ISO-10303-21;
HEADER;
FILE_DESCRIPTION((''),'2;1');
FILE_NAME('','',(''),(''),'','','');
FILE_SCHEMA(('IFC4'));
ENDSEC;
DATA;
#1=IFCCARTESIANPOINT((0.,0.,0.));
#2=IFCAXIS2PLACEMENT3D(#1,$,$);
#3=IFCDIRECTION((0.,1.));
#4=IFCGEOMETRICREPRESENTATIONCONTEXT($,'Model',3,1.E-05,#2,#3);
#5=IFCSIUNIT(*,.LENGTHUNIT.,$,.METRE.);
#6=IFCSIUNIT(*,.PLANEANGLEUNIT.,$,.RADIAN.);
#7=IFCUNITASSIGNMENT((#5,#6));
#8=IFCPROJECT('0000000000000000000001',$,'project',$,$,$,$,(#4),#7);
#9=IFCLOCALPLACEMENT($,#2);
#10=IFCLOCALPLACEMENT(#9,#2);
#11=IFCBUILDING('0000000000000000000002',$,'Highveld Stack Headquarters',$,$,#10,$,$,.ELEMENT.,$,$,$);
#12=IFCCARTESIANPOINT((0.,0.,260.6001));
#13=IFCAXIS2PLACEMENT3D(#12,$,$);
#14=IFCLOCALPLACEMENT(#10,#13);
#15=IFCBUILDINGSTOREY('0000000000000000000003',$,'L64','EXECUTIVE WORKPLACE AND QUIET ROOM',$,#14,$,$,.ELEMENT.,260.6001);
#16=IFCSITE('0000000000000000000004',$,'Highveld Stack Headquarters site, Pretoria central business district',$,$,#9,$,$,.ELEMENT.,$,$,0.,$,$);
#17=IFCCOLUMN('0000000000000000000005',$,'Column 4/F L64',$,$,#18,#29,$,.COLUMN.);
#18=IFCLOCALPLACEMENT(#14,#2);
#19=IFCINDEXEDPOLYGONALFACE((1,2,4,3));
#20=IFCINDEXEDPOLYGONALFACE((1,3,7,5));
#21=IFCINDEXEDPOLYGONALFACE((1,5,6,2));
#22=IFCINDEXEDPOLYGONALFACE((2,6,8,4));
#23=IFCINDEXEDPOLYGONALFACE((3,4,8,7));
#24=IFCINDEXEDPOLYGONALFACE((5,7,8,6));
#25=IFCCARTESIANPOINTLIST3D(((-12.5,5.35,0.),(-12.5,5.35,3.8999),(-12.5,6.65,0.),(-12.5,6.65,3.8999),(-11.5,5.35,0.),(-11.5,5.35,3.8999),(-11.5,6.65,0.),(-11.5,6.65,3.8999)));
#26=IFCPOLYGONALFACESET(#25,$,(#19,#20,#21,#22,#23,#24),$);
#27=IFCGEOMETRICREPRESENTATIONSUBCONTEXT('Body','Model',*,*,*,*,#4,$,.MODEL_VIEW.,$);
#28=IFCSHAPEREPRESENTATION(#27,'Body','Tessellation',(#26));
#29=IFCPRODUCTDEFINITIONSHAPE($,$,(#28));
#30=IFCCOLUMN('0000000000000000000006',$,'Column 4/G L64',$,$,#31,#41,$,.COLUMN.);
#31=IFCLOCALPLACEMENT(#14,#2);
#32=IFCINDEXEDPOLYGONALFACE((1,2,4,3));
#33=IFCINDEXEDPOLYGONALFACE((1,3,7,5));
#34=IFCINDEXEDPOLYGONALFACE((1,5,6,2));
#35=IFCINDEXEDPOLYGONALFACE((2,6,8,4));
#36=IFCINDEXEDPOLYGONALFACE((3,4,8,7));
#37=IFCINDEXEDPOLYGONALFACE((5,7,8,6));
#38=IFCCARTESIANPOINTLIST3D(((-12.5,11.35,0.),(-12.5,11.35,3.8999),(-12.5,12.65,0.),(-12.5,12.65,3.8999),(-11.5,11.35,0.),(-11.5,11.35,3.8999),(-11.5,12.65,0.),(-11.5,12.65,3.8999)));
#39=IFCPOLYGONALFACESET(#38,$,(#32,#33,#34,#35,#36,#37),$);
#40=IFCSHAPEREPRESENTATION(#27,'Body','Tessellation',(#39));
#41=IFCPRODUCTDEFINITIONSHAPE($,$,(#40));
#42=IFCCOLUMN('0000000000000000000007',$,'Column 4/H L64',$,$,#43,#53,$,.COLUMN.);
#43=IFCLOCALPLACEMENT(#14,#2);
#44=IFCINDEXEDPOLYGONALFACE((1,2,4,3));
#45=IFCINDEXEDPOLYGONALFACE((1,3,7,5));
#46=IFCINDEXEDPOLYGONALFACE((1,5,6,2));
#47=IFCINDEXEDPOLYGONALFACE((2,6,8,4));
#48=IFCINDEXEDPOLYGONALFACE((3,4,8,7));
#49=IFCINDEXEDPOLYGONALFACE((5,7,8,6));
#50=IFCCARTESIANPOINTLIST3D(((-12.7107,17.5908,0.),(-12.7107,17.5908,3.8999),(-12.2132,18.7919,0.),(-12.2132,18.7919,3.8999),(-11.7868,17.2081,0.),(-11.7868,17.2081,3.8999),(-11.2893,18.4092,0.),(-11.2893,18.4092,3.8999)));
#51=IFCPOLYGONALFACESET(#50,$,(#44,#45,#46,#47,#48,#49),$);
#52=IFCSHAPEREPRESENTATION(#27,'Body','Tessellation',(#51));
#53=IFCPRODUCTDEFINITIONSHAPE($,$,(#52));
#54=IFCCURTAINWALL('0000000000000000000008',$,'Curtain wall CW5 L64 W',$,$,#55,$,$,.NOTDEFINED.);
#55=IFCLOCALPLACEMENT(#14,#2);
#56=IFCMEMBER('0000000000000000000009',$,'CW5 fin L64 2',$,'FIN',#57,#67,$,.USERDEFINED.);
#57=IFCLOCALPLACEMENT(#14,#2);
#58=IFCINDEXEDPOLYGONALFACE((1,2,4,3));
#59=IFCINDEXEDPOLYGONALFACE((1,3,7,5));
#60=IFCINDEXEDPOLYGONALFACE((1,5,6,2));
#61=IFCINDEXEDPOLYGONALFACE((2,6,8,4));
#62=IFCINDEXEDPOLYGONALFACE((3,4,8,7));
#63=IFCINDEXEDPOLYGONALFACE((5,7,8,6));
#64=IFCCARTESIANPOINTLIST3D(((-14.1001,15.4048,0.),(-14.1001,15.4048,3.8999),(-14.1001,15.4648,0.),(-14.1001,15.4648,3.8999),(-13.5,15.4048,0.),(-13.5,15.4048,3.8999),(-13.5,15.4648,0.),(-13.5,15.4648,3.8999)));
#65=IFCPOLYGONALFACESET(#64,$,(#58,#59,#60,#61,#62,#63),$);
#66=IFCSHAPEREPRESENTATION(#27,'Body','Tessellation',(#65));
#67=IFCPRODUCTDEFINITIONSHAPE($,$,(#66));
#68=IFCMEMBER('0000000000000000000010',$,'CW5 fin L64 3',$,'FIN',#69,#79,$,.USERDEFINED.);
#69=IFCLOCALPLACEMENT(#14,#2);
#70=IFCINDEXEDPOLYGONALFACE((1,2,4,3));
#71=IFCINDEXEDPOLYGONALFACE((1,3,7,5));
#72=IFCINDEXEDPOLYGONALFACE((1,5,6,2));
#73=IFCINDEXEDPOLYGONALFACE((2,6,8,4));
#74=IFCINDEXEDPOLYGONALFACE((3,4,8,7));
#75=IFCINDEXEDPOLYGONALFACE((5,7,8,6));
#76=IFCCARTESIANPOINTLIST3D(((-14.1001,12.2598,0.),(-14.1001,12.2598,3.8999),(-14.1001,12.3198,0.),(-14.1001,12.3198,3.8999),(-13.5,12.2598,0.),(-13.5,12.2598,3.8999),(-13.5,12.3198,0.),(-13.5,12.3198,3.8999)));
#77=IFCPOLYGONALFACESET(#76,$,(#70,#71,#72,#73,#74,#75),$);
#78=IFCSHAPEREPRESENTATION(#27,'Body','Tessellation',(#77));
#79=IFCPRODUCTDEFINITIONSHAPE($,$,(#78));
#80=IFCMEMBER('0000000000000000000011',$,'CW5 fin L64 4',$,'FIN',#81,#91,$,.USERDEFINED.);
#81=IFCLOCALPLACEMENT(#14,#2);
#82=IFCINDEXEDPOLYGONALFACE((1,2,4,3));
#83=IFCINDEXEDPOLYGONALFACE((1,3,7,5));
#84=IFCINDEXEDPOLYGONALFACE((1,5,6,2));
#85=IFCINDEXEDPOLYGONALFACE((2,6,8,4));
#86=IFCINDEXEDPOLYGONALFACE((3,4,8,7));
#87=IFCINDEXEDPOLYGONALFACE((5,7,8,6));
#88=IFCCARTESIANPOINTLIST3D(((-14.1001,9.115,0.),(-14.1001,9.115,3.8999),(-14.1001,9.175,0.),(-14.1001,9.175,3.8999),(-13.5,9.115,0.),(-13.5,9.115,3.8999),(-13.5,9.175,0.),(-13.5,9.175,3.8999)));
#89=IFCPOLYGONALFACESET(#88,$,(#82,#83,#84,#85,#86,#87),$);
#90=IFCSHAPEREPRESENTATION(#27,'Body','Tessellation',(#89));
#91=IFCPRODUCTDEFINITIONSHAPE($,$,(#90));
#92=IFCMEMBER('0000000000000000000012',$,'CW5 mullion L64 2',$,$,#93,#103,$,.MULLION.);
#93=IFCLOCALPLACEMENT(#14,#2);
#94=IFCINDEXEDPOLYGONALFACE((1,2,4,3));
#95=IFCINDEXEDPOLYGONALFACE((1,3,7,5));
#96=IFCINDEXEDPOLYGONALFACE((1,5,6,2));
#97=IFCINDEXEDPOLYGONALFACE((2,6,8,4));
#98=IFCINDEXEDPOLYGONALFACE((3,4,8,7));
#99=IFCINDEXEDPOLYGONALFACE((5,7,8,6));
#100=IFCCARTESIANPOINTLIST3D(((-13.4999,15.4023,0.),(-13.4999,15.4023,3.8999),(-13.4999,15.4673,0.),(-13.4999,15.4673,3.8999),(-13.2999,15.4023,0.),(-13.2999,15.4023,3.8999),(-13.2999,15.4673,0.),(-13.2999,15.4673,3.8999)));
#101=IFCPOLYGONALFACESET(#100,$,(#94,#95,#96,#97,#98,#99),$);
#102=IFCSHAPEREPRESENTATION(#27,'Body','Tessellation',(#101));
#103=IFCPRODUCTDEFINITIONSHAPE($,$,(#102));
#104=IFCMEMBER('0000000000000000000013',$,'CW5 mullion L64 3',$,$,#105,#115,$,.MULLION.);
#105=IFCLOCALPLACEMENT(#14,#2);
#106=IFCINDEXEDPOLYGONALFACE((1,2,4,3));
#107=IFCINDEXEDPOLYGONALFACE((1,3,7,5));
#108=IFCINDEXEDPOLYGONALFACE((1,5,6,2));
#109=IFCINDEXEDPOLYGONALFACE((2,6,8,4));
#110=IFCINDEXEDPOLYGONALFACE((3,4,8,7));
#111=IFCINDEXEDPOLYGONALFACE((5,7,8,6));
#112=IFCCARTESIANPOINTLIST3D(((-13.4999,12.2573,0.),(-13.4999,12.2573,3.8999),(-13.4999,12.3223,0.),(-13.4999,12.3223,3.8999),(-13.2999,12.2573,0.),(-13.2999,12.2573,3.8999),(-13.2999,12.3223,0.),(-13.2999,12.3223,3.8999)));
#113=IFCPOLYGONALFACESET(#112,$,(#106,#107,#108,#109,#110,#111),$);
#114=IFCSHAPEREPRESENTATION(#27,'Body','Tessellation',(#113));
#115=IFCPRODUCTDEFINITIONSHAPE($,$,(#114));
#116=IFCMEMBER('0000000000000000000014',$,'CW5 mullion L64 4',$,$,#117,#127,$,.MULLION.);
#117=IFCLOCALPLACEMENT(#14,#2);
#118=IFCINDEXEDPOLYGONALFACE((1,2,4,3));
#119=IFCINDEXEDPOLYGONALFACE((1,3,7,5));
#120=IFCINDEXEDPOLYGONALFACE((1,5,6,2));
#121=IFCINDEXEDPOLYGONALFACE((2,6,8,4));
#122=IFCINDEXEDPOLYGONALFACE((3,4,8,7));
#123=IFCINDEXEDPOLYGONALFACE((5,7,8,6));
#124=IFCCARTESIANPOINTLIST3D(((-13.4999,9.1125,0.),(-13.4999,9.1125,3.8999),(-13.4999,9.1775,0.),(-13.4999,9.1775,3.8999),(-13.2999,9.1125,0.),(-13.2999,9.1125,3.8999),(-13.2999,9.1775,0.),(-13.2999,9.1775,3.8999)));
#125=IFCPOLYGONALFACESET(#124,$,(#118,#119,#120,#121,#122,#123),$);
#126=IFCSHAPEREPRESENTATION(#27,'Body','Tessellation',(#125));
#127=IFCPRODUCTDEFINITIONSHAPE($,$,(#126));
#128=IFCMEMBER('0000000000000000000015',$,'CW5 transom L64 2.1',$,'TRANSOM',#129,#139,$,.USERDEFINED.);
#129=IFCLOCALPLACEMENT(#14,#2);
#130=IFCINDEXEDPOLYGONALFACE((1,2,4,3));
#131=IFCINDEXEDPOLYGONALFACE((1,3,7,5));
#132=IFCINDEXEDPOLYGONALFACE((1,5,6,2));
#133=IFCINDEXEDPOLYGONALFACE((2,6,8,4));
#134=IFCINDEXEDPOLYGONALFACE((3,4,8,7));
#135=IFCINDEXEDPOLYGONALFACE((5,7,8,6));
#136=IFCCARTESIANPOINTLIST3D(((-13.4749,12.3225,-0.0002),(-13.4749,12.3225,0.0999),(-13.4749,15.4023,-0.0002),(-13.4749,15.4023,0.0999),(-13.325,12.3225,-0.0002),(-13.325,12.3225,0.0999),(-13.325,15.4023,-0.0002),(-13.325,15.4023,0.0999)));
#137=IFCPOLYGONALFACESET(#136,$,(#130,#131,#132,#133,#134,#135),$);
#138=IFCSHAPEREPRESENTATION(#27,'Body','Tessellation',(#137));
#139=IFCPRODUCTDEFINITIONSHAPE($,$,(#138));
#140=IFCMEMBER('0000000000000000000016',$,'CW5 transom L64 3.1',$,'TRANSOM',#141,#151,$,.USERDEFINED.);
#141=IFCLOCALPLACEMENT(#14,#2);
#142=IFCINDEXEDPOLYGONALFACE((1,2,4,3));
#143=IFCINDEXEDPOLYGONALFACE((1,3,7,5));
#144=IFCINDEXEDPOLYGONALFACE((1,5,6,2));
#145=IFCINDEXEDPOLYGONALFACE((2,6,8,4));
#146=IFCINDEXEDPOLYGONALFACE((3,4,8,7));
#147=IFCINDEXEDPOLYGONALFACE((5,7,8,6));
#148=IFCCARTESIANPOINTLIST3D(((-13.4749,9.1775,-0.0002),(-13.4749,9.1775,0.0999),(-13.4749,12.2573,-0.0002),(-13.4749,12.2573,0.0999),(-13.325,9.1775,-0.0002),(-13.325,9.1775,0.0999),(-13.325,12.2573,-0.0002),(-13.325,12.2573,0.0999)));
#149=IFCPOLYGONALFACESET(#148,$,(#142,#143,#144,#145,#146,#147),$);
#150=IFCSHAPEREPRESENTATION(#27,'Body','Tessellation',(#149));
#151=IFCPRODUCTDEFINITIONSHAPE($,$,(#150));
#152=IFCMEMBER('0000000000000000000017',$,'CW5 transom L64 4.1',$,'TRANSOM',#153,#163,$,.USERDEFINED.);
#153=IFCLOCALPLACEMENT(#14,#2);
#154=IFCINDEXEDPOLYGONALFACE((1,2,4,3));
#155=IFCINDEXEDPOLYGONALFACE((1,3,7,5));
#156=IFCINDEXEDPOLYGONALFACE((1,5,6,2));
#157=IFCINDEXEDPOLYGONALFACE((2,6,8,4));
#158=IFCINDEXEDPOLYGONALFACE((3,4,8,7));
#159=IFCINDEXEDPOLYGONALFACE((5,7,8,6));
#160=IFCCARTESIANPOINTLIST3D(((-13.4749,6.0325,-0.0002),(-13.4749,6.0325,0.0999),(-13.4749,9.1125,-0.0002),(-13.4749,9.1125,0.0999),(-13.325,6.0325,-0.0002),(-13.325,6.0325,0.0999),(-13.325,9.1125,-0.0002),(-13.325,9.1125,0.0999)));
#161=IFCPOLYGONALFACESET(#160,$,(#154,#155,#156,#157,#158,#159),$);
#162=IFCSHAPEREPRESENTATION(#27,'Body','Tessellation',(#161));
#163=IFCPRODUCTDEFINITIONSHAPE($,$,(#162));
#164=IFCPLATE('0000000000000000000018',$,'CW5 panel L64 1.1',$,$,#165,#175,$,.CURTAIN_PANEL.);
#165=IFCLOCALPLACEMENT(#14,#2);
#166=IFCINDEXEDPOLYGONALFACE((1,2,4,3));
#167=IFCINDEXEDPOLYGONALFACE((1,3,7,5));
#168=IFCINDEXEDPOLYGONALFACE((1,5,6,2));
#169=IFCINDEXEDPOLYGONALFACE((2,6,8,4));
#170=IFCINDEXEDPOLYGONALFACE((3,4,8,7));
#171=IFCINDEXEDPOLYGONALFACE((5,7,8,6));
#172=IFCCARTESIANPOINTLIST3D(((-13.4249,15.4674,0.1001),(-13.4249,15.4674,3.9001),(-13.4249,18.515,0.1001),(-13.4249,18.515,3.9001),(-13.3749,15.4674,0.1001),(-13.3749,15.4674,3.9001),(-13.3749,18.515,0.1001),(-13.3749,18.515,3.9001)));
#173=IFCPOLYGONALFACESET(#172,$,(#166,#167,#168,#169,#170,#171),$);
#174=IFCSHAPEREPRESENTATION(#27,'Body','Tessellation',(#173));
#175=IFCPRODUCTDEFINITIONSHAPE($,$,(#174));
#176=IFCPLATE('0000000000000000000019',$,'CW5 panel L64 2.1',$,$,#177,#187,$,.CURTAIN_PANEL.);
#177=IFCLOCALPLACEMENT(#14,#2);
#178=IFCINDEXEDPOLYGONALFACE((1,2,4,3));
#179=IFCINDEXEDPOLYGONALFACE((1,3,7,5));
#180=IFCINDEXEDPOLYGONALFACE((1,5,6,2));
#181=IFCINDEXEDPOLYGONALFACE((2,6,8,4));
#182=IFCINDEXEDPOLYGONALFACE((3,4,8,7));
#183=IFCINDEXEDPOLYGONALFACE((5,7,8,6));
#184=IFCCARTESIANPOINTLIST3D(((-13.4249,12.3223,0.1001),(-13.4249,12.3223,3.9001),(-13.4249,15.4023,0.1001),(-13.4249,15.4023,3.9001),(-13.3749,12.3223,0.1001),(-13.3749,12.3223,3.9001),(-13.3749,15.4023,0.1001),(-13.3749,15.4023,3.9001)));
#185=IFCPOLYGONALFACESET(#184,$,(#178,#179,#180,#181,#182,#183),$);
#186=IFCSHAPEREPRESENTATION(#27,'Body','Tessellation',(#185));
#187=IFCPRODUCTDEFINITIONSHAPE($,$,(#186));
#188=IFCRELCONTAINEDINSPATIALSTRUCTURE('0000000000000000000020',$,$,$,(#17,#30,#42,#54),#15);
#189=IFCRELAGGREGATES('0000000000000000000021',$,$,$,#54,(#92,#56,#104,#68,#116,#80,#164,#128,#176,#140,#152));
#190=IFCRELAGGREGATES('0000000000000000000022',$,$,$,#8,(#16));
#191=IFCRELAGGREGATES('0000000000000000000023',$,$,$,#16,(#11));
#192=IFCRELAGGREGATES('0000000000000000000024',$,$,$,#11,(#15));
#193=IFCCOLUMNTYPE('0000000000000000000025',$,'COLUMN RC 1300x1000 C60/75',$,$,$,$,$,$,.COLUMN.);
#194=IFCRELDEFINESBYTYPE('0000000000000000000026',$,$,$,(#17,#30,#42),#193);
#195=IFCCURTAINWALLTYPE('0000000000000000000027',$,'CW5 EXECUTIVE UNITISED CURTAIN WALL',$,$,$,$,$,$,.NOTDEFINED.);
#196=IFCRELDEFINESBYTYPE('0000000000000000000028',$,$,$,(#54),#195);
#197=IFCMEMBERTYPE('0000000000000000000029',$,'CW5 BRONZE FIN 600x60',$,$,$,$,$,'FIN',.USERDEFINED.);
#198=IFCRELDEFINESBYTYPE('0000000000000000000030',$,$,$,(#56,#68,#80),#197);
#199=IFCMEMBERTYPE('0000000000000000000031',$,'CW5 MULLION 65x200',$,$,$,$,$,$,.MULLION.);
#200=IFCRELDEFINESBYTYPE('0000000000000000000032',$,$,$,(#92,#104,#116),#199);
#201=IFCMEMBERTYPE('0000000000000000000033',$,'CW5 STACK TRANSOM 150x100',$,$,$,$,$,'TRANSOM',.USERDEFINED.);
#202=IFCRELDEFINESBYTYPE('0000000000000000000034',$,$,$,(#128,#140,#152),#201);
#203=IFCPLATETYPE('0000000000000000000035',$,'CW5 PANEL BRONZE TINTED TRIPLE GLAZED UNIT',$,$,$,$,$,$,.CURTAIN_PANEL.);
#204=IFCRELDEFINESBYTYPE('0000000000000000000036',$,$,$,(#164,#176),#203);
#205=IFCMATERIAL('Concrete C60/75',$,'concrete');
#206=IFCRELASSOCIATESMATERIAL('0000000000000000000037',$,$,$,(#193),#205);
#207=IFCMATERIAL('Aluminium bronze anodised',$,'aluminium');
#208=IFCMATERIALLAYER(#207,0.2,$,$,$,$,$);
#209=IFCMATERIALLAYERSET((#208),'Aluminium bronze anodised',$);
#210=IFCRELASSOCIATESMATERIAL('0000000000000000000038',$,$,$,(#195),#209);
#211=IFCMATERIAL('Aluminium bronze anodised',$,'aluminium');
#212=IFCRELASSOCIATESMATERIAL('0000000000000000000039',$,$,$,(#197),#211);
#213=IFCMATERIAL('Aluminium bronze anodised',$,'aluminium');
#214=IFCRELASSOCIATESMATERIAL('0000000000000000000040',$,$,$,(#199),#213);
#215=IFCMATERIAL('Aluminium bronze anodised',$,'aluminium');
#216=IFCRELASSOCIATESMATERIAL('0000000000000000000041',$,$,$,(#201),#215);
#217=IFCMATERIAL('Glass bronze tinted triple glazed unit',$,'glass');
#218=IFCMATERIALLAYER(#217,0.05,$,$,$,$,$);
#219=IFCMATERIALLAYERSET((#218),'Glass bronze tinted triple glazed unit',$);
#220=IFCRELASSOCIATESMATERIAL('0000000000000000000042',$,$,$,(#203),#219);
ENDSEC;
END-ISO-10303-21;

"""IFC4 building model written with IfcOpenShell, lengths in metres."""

from ifc_helpers import new_model, si_unit, direction, frame, origin, origin_2d, place, context, subcontext, project, spatial, rectangle, extrude, material, layer, layer_set, material_profile, profile_set, type_object, element, aggregate, save


model = new_model("IFC4")

# Units and contexts
model_context = context("Model", 3, precision=1e-05, world=origin(), true_north=direction((0.0, 1.0)))
body_context = subcontext(model_context, "Body", "Model", "MODEL_VIEW")
ifc_project = project(units=[si_unit("LENGTHUNIT", "METRE"), si_unit("PLANEANGLEUNIT", "RADIAN")], contexts=[model_context])

# Site, building, storey
site_placement = place(None, origin())
site = spatial("IfcSite", under=ifc_project, at=site_placement, Name="Highveld Stack Headquarters site, Pretoria central business district", CompositionType="ELEMENT", RefElevation=0.0)
building_placement = place(site_placement, origin())
building = spatial("IfcBuilding", under=site, at=building_placement, Name="Highveld Stack Headquarters", CompositionType="ELEMENT")
storey_placement = place(building_placement, frame((0.0, 0.0, 260.6001)))
storey = spatial("IfcBuildingStorey", under=building, at=storey_placement, Name="L64", Description="EXECUTIVE WORKPLACE AND QUIET ROOM", CompositionType="ELEMENT", Elevation=260.6001)

# Columns
ifc_material_1 = material(Name="Concrete C60/75", Category="concrete")
ifc_material_profile_1 = material_profile(ifc_material_1, rectangle(XDim=1.3, YDim=1.0, at=origin_2d()), Name="RC 1300x1000")
ifc_profile_set_1 = profile_set([ifc_material_profile_1], Name="Concrete C60/75")
column_type = type_object("IfcColumnType", Name="COLUMN RC 1300x1000 C60/75", PredefinedType="COLUMN", material=ifc_profile_set_1)
for number, where, z_axis, x_axis, name in (
    (1, (-12.0, 6.0, 0.0), (0.0, 0.0, 1.0), (0.0, 1.0, 0.0), "Column 4/F L64"),
    (2, (-12.0, 12.0, 0.0), (0.0, 0.0, 1.0), (0.0, 1.0, 0.0), "Column 4/G L64"),
    (3, (-12.0, 18.0, 0.0), (0.0, 0.0, 1.0), (0.382683, 0.92388, 0.0), "Column 4/H L64"),
):
    element("IfcColumn", number, at=place(storey_placement, frame(where, z_axis=z_axis, x_axis=x_axis)), inside=storey, type_object=column_type, Name=name, PredefinedType="COLUMN", context=body_context, shape_type="SweptSolid", body=[
        extrude(rectangle(XDim=1.3, YDim=1.0, at=origin_2d()), origin(), (0.0, 0.0, 1.0), 3.8999),
    ])

# Curtain wall, members, plates
ifc_material_2 = material(Name="Aluminium bronze anodised", Category="aluminium")
ifc_layer_1 = layer(ifc_material_2, 0.2)
ifc_layer_set_1 = layer_set([ifc_layer_1], Name="Aluminium bronze anodised")
curtain_wall_type = type_object("IfcCurtainWallType", Name="CW5 EXECUTIVE UNITISED CURTAIN WALL", PredefinedType="NOTDEFINED", material=ifc_layer_set_1)
curtain_wall_placement = place(storey_placement, origin())
curtain_wall = element("IfcCurtainWall", 4, at=curtain_wall_placement, inside=storey, type_object=curtain_wall_type, Name="Curtain wall CW5 L64 W", PredefinedType="NOTDEFINED")
ifc_material_3 = material(Name="Aluminium bronze anodised", Category="aluminium")
ifc_material_profile_2 = material_profile(ifc_material_3, rectangle(XDim=0.6001, YDim=0.0601, at=origin_2d()), Name="FIN 600x60")
ifc_profile_set_2 = profile_set([ifc_material_profile_2], Name="Aluminium bronze anodised")
member_type_1 = type_object("IfcMemberType", Name="CW5 BRONZE FIN 600x60", ElementType="FIN", PredefinedType="USERDEFINED", material=ifc_profile_set_2)
member_1_placement = place(storey_placement, frame((-13.8, 15.4348, 0.0), z_axis=(0.0, 0.0, 1.0), x_axis=(1.0, 0.0, 0.0)))
member_1 = element("IfcMember", 5, at=member_1_placement, type_object=member_type_1, Name="CW5 fin L64 2", ObjectType="FIN", PredefinedType="USERDEFINED", context=body_context, shape_type="SweptSolid", body=[
    extrude(rectangle(XDim=0.6001, YDim=0.0601, at=origin_2d()), origin(), (0.0, 0.0, 1.0), 3.8999),
])
member_2_placement = place(storey_placement, frame((-13.8, 12.2898, 0.0), z_axis=(0.0, 0.0, 1.0), x_axis=(1.0, 0.0, 0.0)))
member_2 = element("IfcMember", 6, at=member_2_placement, type_object=member_type_1, Name="CW5 fin L64 3", ObjectType="FIN", PredefinedType="USERDEFINED", context=body_context, shape_type="SweptSolid", body=[
    extrude(rectangle(XDim=0.6001, YDim=0.0601, at=origin_2d()), origin(), (0.0, 0.0, 1.0), 3.8999),
])
member_3_placement = place(storey_placement, frame((-13.8, 9.145, 0.0), z_axis=(0.0, 0.0, 1.0), x_axis=(1.0, 0.0, 0.0)))
member_3 = element("IfcMember", 7, at=member_3_placement, type_object=member_type_1, Name="CW5 fin L64 4", ObjectType="FIN", PredefinedType="USERDEFINED", context=body_context, shape_type="SweptSolid", body=[
    extrude(rectangle(XDim=0.6001, YDim=0.0601, at=origin_2d()), origin(), (0.0, 0.0, 1.0), 3.8999),
])
ifc_material_4 = material(Name="Aluminium bronze anodised", Category="aluminium")
ifc_material_profile_3 = material_profile(ifc_material_4, rectangle(XDim=0.2, YDim=0.0649, at=origin_2d()), Name="CW5 MULLION 65x200")
ifc_profile_set_3 = profile_set([ifc_material_profile_3], Name="Aluminium bronze anodised")
member_type_2 = type_object("IfcMemberType", Name="CW5 MULLION 65x200", PredefinedType="MULLION", material=ifc_profile_set_3)
member_4_placement = place(storey_placement, frame((-13.3999, 15.4348, 0.0), z_axis=(0.0, 0.0, 1.0), x_axis=(1.0, 0.0, 0.0)))
member_4 = element("IfcMember", 8, at=member_4_placement, type_object=member_type_2, Name="CW5 mullion L64 2", PredefinedType="MULLION", context=body_context, shape_type="SweptSolid", body=[
    extrude(rectangle(XDim=0.2, YDim=0.0649, at=origin_2d()), origin(), (0.0, 0.0, 1.0), 3.8999),
])
member_5_placement = place(storey_placement, frame((-13.3999, 12.2898, 0.0), z_axis=(0.0, 0.0, 1.0), x_axis=(1.0, 0.0, 0.0)))
member_5 = element("IfcMember", 9, at=member_5_placement, type_object=member_type_2, Name="CW5 mullion L64 3", PredefinedType="MULLION", context=body_context, shape_type="SweptSolid", body=[
    extrude(rectangle(XDim=0.2, YDim=0.0649, at=origin_2d()), origin(), (0.0, 0.0, 1.0), 3.8999),
])
member_6_placement = place(storey_placement, frame((-13.3999, 9.145, 0.0), z_axis=(0.0, 0.0, 1.0), x_axis=(1.0, 0.0, 0.0)))
member_6 = element("IfcMember", 10, at=member_6_placement, type_object=member_type_2, Name="CW5 mullion L64 4", PredefinedType="MULLION", context=body_context, shape_type="SweptSolid", body=[
    extrude(rectangle(XDim=0.2, YDim=0.0649, at=origin_2d()), origin(), (0.0, 0.0, 1.0), 3.8999),
])
ifc_material_5 = material(Name="Aluminium bronze anodised", Category="aluminium")
ifc_material_profile_4 = material_profile(ifc_material_5, rectangle(XDim=0.1499, YDim=0.1001, at=origin_2d()), Name="CW5 TRANSOM 150x100")
ifc_profile_set_4 = profile_set([ifc_material_profile_4], Name="Aluminium bronze anodised")
member_type_3 = type_object("IfcMemberType", Name="CW5 STACK TRANSOM 150x100", ElementType="TRANSOM", PredefinedType="USERDEFINED", material=ifc_profile_set_4)
member_7_placement = place(storey_placement, frame((-13.3999, 15.4023, 0.0498), z_axis=(0.0, -1.0, 0.0), x_axis=(1.0, 0.0, 0.0)))
member_7 = element("IfcMember", 11, at=member_7_placement, type_object=member_type_3, Name="CW5 transom L64 2.1", ObjectType="TRANSOM", PredefinedType="USERDEFINED", context=body_context, shape_type="SweptSolid", body=[
    extrude(rectangle(XDim=0.1499, YDim=0.1001, at=origin_2d()), origin(), (0.0, 0.0, 1.0), 3.0798),
])
member_8_placement = place(storey_placement, frame((-13.3999, 12.2573, 0.0498), z_axis=(0.0, -1.0, 0.0), x_axis=(1.0, 0.0, 0.0)))
member_8 = element("IfcMember", 12, at=member_8_placement, type_object=member_type_3, Name="CW5 transom L64 3.1", ObjectType="TRANSOM", PredefinedType="USERDEFINED", context=body_context, shape_type="SweptSolid", body=[
    extrude(rectangle(XDim=0.1499, YDim=0.1001, at=origin_2d()), origin(), (0.0, 0.0, 1.0), 3.0798),
])
member_9_placement = place(storey_placement, frame((-13.3999, 9.1125, 0.0498), z_axis=(0.0, -1.0, 0.0), x_axis=(1.0, 0.0, 0.0)))
member_9 = element("IfcMember", 13, at=member_9_placement, type_object=member_type_3, Name="CW5 transom L64 4.1", ObjectType="TRANSOM", PredefinedType="USERDEFINED", context=body_context, shape_type="SweptSolid", body=[
    extrude(rectangle(XDim=0.1499, YDim=0.1001, at=origin_2d()), origin(), (0.0, 0.0, 1.0), 3.0801),
])
ifc_material_6 = material(Name="Glass bronze tinted triple glazed unit", Category="glass")
ifc_layer_2 = layer(ifc_material_6, 0.05)
ifc_layer_set_2 = layer_set([ifc_layer_2], Name="Glass bronze tinted triple glazed unit")
plate_type = type_object("IfcPlateType", Name="CW5 PANEL BRONZE TINTED TRIPLE GLAZED UNIT", PredefinedType="CURTAIN_PANEL", material=ifc_layer_set_2)
plate_1_placement = place(storey_placement, frame((-13.3999, 16.9912, 0.1001), z_axis=(0.0, 0.0, 1.0), x_axis=(0.0, -1.0, 0.0)))
plate_1 = element("IfcPlate", 14, at=plate_1_placement, type_object=plate_type, Name="CW5 panel L64 1.1", PredefinedType="CURTAIN_PANEL", context=body_context, shape_type="SweptSolid", body=[
    extrude(rectangle(XDim=3.0476, YDim=0.05, at=origin_2d()), origin(), (0.0, 0.0, 1.0), 3.8),
])
plate_2_placement = place(storey_placement, frame((-13.3999, 13.8623, 0.1001), z_axis=(0.0, 0.0, 1.0), x_axis=(0.0, -1.0, 0.0)))
plate_2 = element("IfcPlate", 15, at=plate_2_placement, type_object=plate_type, Name="CW5 panel L64 2.1", PredefinedType="CURTAIN_PANEL", context=body_context, shape_type="SweptSolid", body=[
    extrude(rectangle(XDim=3.0801, YDim=0.05, at=origin_2d()), origin(), (0.0, 0.0, 1.0), 3.8),
])
aggregate(curtain_wall, [member_4, member_1, member_5, member_2, member_6, member_3, plate_1, member_7, plate_2, member_8, member_9])

save(model, "model.ifc")
